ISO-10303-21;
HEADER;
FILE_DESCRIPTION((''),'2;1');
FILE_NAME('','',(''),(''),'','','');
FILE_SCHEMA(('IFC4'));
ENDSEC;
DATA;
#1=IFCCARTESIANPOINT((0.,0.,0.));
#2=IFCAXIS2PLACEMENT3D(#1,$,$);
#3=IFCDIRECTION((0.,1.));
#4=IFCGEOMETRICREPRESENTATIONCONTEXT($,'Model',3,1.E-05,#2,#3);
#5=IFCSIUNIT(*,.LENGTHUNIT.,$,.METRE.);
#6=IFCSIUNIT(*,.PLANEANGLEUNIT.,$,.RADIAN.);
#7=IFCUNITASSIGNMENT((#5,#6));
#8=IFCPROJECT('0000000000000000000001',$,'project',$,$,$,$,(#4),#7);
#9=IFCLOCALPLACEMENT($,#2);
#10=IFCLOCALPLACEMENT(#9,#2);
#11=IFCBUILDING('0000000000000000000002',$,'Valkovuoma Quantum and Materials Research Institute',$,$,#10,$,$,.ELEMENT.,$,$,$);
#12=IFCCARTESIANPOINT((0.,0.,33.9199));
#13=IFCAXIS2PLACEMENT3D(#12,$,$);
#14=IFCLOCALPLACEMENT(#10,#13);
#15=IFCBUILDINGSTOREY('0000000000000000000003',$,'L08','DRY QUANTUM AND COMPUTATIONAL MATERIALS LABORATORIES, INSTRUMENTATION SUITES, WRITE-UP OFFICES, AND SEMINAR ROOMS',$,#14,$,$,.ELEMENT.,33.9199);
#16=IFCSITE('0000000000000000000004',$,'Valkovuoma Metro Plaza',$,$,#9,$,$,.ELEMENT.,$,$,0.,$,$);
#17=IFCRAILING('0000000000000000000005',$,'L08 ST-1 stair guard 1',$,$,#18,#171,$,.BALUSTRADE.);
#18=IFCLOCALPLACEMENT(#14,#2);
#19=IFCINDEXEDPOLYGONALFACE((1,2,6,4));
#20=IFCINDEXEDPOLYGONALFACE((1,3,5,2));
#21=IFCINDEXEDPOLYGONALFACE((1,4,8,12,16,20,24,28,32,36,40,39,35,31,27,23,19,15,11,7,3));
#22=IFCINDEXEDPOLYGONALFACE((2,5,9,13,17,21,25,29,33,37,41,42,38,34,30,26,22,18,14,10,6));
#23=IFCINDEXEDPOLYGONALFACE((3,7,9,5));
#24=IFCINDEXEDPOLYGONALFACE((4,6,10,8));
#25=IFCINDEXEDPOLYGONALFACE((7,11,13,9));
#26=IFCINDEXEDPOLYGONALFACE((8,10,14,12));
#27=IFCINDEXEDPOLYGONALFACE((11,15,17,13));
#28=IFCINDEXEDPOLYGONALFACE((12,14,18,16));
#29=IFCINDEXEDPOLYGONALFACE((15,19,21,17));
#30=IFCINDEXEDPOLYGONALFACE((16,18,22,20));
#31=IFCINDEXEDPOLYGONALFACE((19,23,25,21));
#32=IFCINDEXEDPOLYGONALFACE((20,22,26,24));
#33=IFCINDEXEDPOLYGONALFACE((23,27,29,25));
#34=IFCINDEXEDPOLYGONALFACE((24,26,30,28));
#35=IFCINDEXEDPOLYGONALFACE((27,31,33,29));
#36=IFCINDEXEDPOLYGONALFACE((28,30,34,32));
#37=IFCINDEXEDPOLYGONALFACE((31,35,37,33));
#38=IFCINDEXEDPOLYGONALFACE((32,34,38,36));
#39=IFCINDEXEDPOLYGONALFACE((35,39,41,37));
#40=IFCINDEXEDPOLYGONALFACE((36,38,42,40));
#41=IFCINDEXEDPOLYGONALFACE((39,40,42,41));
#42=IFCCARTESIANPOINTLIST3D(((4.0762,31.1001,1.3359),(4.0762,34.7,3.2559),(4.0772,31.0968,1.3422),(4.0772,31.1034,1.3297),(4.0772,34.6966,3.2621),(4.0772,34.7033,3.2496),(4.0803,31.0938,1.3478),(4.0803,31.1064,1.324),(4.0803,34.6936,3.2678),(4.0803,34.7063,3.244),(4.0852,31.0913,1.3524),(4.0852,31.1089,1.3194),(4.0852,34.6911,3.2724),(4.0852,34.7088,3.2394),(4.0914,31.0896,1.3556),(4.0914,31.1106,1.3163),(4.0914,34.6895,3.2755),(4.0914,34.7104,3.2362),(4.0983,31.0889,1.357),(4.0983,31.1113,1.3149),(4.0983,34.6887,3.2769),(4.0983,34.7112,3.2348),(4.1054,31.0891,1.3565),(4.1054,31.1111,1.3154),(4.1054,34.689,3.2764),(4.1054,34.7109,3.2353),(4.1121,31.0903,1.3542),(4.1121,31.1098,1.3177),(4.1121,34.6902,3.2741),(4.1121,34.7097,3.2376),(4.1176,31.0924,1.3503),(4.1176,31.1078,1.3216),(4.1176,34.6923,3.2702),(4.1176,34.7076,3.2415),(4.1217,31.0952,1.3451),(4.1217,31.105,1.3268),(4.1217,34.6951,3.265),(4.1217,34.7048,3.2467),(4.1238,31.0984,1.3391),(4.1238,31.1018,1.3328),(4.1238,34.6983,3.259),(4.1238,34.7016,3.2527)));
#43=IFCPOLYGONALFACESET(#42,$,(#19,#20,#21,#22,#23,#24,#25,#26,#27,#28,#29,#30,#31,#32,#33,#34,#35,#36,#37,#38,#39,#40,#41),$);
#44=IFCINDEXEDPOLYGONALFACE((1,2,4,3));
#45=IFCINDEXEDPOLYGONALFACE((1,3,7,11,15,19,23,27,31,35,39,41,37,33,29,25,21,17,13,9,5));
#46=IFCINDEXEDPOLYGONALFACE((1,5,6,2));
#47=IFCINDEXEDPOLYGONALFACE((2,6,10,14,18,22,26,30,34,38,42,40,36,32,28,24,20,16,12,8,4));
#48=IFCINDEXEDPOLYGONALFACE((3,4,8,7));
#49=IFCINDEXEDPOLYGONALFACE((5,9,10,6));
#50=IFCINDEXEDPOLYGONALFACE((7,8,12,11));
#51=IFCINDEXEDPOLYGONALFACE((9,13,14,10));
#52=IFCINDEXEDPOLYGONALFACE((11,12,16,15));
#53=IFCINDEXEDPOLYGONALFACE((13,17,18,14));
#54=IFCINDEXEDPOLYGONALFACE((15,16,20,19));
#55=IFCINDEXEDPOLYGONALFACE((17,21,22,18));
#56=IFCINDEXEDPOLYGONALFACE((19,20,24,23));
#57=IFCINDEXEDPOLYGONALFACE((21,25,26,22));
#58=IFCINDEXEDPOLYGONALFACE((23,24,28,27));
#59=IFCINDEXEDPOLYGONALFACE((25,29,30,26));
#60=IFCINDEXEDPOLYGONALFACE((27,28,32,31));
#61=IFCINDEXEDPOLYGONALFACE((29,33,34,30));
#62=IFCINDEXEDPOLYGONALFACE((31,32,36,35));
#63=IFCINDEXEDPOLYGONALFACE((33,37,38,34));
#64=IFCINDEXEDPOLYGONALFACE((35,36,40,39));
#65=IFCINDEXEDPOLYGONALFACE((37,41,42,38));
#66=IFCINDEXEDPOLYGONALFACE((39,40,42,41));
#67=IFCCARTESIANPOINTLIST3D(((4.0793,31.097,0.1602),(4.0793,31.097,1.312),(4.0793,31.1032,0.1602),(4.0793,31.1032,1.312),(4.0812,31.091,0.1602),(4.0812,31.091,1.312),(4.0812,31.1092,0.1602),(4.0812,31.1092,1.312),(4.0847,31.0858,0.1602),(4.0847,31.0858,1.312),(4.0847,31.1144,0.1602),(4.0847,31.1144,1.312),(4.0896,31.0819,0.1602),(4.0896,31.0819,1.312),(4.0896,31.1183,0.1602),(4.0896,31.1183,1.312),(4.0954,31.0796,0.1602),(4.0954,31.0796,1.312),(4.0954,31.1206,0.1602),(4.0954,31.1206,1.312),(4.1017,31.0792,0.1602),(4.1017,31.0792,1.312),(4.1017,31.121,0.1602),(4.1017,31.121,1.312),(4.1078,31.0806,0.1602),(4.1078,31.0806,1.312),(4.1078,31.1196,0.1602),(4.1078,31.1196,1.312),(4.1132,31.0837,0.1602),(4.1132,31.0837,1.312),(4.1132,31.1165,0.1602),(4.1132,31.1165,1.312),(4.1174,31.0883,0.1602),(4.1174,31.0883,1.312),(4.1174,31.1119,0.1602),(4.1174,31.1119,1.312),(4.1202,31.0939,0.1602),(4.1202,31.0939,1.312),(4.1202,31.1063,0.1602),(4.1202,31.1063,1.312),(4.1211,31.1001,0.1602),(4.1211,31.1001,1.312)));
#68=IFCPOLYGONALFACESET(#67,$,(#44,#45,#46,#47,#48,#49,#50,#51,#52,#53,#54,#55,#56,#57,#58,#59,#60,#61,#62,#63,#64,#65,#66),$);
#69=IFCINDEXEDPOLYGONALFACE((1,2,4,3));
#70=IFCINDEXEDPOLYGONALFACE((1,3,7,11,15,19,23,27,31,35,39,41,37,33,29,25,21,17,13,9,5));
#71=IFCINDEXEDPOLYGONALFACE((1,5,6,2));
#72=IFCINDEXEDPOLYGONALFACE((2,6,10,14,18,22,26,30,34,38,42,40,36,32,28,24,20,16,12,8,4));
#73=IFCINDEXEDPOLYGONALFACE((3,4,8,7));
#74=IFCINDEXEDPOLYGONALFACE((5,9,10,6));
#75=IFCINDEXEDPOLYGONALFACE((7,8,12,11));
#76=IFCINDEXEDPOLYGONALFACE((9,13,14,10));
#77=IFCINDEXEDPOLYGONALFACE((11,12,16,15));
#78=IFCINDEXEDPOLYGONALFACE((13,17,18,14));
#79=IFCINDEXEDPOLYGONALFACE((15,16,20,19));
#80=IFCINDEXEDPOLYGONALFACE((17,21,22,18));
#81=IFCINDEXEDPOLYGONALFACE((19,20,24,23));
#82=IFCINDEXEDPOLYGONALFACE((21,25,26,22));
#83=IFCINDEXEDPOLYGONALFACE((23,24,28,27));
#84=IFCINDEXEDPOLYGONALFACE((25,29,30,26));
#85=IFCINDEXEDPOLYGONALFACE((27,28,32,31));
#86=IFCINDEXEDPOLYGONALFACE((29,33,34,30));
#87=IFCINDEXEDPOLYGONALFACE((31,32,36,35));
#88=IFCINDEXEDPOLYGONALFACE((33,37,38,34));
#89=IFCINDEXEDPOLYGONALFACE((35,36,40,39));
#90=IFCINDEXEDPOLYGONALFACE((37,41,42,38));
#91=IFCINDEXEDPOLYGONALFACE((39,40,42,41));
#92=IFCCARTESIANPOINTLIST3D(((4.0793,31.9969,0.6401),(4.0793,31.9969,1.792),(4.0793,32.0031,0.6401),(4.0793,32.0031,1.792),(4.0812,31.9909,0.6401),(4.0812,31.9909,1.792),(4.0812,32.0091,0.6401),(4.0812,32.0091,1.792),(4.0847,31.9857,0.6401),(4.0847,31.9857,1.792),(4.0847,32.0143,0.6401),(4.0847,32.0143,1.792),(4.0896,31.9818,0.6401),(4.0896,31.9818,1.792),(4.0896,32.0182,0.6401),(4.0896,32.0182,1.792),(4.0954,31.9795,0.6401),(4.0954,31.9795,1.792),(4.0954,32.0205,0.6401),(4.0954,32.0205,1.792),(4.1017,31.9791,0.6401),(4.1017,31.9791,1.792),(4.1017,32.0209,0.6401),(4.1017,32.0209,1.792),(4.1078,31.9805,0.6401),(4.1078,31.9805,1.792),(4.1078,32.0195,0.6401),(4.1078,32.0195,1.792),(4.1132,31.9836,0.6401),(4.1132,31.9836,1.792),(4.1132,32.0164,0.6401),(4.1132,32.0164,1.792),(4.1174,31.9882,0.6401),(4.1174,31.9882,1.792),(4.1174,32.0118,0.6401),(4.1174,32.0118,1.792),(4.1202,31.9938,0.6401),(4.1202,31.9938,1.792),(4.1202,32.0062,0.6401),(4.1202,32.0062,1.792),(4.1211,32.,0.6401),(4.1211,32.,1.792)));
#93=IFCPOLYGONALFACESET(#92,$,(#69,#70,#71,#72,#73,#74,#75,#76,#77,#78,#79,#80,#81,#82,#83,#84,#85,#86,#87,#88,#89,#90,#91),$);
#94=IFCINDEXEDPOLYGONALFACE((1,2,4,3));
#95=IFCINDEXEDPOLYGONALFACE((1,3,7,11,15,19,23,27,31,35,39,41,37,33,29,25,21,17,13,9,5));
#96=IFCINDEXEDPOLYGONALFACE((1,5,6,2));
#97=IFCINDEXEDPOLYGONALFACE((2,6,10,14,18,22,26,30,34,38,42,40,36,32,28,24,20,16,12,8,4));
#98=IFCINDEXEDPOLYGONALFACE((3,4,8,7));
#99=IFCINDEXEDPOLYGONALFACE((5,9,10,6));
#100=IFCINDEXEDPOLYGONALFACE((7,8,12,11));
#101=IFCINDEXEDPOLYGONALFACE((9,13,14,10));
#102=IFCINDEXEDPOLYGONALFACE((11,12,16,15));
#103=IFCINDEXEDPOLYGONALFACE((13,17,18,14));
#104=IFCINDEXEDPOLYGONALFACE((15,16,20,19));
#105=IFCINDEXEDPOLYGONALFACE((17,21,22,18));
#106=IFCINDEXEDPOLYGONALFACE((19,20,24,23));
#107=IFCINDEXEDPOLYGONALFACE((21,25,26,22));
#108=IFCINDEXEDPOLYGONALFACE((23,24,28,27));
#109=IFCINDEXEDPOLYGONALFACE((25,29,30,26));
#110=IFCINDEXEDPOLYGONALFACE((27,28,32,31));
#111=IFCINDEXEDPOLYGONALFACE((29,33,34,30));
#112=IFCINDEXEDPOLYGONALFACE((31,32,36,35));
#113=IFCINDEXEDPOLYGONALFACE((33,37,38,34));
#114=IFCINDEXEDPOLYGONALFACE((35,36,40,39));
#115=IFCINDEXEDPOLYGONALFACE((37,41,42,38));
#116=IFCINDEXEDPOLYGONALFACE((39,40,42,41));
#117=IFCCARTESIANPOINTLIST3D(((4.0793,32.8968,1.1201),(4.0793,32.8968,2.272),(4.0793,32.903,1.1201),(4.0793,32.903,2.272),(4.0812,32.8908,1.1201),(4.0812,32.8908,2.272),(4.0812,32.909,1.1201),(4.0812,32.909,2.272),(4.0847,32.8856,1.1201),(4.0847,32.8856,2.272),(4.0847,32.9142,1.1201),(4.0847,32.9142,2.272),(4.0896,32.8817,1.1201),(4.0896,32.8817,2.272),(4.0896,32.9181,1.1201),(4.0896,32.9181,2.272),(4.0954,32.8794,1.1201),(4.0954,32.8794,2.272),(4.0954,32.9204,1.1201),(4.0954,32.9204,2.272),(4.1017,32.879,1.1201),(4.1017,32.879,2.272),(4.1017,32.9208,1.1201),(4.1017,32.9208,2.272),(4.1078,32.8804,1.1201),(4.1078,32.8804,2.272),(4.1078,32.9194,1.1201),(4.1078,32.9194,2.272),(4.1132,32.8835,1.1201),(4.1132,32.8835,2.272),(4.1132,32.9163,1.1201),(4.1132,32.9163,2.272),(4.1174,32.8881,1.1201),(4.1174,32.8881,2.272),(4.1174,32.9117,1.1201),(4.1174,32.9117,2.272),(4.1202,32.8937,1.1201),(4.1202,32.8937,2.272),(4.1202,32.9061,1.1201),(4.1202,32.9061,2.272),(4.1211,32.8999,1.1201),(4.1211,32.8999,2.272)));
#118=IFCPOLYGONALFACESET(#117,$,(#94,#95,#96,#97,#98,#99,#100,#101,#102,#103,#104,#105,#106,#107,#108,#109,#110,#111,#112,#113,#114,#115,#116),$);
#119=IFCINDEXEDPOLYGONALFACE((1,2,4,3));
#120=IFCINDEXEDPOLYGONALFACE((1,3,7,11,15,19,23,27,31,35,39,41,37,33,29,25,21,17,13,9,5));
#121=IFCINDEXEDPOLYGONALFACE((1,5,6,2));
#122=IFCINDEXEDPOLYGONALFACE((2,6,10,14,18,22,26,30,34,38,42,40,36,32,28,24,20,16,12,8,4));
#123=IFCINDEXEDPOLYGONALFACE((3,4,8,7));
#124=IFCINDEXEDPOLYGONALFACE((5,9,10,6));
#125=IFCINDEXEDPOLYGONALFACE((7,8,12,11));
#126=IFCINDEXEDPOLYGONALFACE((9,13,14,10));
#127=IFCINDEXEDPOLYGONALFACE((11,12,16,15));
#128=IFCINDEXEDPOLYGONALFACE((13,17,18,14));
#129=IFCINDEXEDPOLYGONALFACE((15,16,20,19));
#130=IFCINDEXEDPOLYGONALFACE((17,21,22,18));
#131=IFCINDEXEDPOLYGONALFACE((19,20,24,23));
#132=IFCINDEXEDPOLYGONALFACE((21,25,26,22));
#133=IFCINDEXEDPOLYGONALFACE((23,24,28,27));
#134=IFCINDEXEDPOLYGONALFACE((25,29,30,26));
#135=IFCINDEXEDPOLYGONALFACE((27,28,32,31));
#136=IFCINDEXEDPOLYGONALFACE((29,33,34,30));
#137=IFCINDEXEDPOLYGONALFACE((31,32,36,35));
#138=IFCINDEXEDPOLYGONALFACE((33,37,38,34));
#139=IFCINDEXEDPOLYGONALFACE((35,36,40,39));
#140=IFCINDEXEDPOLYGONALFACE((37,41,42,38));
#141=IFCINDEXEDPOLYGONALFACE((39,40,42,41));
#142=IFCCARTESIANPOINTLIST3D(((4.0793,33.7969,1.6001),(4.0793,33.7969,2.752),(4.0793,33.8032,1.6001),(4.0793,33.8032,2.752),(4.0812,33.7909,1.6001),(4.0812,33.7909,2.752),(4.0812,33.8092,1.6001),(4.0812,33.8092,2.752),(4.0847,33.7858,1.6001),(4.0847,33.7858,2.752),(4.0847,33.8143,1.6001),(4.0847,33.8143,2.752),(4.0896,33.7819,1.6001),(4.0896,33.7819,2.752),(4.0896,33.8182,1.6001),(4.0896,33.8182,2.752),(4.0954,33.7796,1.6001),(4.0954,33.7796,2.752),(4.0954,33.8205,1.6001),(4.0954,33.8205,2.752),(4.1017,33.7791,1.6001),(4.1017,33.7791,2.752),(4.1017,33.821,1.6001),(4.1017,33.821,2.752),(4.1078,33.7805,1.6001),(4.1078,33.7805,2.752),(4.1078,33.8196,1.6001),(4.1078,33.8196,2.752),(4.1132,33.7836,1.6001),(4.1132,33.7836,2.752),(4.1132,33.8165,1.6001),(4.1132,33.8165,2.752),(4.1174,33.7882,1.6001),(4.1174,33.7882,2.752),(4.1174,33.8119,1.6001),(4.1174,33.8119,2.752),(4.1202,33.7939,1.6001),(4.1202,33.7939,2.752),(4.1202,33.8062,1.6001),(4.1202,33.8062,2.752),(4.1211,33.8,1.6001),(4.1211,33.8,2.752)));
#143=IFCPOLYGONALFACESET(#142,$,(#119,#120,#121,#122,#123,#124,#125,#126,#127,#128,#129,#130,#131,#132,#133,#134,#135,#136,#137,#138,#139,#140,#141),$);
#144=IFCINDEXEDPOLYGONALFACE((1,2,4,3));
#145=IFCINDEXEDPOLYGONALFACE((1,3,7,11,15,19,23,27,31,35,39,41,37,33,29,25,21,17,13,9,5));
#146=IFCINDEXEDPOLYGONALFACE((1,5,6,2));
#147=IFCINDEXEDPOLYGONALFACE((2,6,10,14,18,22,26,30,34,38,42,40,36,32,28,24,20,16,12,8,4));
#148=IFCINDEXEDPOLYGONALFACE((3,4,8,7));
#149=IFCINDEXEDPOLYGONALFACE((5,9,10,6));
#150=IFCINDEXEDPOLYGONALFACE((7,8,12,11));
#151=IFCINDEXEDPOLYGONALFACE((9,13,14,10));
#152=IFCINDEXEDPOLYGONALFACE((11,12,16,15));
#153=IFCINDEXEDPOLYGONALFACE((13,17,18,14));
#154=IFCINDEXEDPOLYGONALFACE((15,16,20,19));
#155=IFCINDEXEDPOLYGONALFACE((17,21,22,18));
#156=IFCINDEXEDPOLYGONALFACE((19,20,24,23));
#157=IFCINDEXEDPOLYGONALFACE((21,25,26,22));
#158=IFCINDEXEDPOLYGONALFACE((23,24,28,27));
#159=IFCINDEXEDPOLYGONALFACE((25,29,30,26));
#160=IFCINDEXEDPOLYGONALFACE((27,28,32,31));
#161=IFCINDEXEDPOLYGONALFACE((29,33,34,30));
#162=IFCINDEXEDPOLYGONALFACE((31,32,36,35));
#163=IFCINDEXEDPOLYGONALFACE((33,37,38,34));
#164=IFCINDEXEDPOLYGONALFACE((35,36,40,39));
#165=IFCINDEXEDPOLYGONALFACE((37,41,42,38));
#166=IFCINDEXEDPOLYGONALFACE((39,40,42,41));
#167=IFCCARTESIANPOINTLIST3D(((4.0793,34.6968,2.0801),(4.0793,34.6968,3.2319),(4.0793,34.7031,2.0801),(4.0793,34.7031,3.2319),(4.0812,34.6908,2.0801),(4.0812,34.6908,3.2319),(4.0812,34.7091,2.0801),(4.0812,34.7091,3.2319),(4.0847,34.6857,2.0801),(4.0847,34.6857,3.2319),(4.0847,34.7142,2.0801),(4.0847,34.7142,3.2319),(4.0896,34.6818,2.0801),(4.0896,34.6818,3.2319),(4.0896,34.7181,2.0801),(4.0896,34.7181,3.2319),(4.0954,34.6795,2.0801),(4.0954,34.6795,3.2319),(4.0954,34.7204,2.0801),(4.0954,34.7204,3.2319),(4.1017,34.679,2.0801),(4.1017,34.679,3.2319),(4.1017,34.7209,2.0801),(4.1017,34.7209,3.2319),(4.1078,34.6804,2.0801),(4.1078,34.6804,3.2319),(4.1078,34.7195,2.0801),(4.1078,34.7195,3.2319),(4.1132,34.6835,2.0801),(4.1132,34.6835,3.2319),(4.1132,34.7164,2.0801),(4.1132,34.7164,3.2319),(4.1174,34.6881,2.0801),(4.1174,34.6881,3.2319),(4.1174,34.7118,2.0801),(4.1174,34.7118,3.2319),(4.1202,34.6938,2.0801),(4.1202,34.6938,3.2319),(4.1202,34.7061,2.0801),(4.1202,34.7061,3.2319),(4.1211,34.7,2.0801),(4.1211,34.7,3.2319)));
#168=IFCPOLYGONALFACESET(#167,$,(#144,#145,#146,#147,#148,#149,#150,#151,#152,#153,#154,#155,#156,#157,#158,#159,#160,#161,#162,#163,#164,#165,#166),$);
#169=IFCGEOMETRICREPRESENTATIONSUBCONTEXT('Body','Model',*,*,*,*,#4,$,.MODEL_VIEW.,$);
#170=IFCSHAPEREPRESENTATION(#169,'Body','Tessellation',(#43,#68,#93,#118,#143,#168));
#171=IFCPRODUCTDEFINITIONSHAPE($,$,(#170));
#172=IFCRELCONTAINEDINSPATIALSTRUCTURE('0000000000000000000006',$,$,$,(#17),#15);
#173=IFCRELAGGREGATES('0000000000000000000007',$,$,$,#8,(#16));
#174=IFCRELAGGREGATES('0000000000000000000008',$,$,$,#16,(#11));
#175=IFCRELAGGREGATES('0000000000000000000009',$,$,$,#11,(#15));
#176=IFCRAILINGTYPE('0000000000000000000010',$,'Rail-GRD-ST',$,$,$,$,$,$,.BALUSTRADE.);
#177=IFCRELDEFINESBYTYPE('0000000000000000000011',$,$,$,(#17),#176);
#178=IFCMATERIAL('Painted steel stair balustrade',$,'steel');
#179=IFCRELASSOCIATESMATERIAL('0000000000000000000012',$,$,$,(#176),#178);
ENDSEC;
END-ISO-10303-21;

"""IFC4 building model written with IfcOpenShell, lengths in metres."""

from ifc_helpers import new_model, si_unit, direction, frame, origin, origin_2d, place, context, subcontext, project, spatial, circle, extrude, material, type_object, element, save


model = new_model("IFC4")

# Units and contexts
model_context = context("Model", 3, precision=1e-05, world=origin(), true_north=direction((0.0, 1.0)))
body_context = subcontext(model_context, "Body", "Model", "MODEL_VIEW")
ifc_project = project(units=[si_unit("LENGTHUNIT", "METRE"), si_unit("PLANEANGLEUNIT", "RADIAN")], contexts=[model_context])

# Site, building, storey
site_placement = place(None, origin())
site = spatial("IfcSite", under=ifc_project, at=site_placement, Name="Valkovuoma Metro Plaza", CompositionType="ELEMENT", RefElevation=0.0)
building_placement = place(site_placement, origin())
building = spatial("IfcBuilding", under=site, at=building_placement, Name="Valkovuoma Quantum and Materials Research Institute", CompositionType="ELEMENT")
storey_placement = place(building_placement, frame((0.0, 0.0, 33.9199)))
storey = spatial("IfcBuildingStorey", under=building, at=storey_placement, Name="L08", Description="DRY QUANTUM AND COMPUTATIONAL MATERIALS LABORATORIES, INSTRUMENTATION SUITES, WRITE-UP OFFICES, AND SEMINAR ROOMS", CompositionType="ELEMENT", Elevation=33.9199)

# Railing
ifc_material_1 = material(Name="Painted steel stair balustrade", Category="steel")
railing_type_1 = type_object("IfcRailingType", Name="Rail-GRD-ST", PredefinedType="BALUSTRADE", material=ifc_material_1)
railing_1_placement = place(storey_placement, frame((4.1001, 31.1001, 0.1602)))
element("IfcRailing", 1, at=railing_1_placement, inside=storey, type_object=railing_type_1, Name="L08 ST-1 stair guard 1", PredefinedType="BALUSTRADE", context=body_context, shape_type="SweptSolid", body=[
    extrude(circle(Radius=0.0239, at=origin_2d()), frame((0.0, 0.0, 1.1758), z_axis=(0.0, 0.882353, 0.470588), x_axis=(-1.0, 0.0, 0.0)), (0.0, 0.0, 1.0), 4.0798),
    extrude(circle(Radius=0.021, at=origin_2d()), origin(), (0.0, 0.0, 1.0), 1.1519),
    extrude(circle(Radius=0.021, at=origin_2d()), frame((0.0, 0.8999, 0.48)), (0.0, 0.0, 1.0), 1.1519),
    extrude(circle(Radius=0.021, at=origin_2d()), frame((0.0, 1.7998, 0.96)), (0.0, 0.0, 1.0), 1.1519),
    extrude(circle(Radius=0.021, at=origin_2d()), frame((0.0, 2.7, 1.4399)), (0.0, 0.0, 1.0), 1.1519),
    extrude(circle(Radius=0.021, at=origin_2d()), frame((0.0, 3.5999, 1.9199)), (0.0, 0.0, 1.0), 1.1519),
])

save(model, "model.ifc")
